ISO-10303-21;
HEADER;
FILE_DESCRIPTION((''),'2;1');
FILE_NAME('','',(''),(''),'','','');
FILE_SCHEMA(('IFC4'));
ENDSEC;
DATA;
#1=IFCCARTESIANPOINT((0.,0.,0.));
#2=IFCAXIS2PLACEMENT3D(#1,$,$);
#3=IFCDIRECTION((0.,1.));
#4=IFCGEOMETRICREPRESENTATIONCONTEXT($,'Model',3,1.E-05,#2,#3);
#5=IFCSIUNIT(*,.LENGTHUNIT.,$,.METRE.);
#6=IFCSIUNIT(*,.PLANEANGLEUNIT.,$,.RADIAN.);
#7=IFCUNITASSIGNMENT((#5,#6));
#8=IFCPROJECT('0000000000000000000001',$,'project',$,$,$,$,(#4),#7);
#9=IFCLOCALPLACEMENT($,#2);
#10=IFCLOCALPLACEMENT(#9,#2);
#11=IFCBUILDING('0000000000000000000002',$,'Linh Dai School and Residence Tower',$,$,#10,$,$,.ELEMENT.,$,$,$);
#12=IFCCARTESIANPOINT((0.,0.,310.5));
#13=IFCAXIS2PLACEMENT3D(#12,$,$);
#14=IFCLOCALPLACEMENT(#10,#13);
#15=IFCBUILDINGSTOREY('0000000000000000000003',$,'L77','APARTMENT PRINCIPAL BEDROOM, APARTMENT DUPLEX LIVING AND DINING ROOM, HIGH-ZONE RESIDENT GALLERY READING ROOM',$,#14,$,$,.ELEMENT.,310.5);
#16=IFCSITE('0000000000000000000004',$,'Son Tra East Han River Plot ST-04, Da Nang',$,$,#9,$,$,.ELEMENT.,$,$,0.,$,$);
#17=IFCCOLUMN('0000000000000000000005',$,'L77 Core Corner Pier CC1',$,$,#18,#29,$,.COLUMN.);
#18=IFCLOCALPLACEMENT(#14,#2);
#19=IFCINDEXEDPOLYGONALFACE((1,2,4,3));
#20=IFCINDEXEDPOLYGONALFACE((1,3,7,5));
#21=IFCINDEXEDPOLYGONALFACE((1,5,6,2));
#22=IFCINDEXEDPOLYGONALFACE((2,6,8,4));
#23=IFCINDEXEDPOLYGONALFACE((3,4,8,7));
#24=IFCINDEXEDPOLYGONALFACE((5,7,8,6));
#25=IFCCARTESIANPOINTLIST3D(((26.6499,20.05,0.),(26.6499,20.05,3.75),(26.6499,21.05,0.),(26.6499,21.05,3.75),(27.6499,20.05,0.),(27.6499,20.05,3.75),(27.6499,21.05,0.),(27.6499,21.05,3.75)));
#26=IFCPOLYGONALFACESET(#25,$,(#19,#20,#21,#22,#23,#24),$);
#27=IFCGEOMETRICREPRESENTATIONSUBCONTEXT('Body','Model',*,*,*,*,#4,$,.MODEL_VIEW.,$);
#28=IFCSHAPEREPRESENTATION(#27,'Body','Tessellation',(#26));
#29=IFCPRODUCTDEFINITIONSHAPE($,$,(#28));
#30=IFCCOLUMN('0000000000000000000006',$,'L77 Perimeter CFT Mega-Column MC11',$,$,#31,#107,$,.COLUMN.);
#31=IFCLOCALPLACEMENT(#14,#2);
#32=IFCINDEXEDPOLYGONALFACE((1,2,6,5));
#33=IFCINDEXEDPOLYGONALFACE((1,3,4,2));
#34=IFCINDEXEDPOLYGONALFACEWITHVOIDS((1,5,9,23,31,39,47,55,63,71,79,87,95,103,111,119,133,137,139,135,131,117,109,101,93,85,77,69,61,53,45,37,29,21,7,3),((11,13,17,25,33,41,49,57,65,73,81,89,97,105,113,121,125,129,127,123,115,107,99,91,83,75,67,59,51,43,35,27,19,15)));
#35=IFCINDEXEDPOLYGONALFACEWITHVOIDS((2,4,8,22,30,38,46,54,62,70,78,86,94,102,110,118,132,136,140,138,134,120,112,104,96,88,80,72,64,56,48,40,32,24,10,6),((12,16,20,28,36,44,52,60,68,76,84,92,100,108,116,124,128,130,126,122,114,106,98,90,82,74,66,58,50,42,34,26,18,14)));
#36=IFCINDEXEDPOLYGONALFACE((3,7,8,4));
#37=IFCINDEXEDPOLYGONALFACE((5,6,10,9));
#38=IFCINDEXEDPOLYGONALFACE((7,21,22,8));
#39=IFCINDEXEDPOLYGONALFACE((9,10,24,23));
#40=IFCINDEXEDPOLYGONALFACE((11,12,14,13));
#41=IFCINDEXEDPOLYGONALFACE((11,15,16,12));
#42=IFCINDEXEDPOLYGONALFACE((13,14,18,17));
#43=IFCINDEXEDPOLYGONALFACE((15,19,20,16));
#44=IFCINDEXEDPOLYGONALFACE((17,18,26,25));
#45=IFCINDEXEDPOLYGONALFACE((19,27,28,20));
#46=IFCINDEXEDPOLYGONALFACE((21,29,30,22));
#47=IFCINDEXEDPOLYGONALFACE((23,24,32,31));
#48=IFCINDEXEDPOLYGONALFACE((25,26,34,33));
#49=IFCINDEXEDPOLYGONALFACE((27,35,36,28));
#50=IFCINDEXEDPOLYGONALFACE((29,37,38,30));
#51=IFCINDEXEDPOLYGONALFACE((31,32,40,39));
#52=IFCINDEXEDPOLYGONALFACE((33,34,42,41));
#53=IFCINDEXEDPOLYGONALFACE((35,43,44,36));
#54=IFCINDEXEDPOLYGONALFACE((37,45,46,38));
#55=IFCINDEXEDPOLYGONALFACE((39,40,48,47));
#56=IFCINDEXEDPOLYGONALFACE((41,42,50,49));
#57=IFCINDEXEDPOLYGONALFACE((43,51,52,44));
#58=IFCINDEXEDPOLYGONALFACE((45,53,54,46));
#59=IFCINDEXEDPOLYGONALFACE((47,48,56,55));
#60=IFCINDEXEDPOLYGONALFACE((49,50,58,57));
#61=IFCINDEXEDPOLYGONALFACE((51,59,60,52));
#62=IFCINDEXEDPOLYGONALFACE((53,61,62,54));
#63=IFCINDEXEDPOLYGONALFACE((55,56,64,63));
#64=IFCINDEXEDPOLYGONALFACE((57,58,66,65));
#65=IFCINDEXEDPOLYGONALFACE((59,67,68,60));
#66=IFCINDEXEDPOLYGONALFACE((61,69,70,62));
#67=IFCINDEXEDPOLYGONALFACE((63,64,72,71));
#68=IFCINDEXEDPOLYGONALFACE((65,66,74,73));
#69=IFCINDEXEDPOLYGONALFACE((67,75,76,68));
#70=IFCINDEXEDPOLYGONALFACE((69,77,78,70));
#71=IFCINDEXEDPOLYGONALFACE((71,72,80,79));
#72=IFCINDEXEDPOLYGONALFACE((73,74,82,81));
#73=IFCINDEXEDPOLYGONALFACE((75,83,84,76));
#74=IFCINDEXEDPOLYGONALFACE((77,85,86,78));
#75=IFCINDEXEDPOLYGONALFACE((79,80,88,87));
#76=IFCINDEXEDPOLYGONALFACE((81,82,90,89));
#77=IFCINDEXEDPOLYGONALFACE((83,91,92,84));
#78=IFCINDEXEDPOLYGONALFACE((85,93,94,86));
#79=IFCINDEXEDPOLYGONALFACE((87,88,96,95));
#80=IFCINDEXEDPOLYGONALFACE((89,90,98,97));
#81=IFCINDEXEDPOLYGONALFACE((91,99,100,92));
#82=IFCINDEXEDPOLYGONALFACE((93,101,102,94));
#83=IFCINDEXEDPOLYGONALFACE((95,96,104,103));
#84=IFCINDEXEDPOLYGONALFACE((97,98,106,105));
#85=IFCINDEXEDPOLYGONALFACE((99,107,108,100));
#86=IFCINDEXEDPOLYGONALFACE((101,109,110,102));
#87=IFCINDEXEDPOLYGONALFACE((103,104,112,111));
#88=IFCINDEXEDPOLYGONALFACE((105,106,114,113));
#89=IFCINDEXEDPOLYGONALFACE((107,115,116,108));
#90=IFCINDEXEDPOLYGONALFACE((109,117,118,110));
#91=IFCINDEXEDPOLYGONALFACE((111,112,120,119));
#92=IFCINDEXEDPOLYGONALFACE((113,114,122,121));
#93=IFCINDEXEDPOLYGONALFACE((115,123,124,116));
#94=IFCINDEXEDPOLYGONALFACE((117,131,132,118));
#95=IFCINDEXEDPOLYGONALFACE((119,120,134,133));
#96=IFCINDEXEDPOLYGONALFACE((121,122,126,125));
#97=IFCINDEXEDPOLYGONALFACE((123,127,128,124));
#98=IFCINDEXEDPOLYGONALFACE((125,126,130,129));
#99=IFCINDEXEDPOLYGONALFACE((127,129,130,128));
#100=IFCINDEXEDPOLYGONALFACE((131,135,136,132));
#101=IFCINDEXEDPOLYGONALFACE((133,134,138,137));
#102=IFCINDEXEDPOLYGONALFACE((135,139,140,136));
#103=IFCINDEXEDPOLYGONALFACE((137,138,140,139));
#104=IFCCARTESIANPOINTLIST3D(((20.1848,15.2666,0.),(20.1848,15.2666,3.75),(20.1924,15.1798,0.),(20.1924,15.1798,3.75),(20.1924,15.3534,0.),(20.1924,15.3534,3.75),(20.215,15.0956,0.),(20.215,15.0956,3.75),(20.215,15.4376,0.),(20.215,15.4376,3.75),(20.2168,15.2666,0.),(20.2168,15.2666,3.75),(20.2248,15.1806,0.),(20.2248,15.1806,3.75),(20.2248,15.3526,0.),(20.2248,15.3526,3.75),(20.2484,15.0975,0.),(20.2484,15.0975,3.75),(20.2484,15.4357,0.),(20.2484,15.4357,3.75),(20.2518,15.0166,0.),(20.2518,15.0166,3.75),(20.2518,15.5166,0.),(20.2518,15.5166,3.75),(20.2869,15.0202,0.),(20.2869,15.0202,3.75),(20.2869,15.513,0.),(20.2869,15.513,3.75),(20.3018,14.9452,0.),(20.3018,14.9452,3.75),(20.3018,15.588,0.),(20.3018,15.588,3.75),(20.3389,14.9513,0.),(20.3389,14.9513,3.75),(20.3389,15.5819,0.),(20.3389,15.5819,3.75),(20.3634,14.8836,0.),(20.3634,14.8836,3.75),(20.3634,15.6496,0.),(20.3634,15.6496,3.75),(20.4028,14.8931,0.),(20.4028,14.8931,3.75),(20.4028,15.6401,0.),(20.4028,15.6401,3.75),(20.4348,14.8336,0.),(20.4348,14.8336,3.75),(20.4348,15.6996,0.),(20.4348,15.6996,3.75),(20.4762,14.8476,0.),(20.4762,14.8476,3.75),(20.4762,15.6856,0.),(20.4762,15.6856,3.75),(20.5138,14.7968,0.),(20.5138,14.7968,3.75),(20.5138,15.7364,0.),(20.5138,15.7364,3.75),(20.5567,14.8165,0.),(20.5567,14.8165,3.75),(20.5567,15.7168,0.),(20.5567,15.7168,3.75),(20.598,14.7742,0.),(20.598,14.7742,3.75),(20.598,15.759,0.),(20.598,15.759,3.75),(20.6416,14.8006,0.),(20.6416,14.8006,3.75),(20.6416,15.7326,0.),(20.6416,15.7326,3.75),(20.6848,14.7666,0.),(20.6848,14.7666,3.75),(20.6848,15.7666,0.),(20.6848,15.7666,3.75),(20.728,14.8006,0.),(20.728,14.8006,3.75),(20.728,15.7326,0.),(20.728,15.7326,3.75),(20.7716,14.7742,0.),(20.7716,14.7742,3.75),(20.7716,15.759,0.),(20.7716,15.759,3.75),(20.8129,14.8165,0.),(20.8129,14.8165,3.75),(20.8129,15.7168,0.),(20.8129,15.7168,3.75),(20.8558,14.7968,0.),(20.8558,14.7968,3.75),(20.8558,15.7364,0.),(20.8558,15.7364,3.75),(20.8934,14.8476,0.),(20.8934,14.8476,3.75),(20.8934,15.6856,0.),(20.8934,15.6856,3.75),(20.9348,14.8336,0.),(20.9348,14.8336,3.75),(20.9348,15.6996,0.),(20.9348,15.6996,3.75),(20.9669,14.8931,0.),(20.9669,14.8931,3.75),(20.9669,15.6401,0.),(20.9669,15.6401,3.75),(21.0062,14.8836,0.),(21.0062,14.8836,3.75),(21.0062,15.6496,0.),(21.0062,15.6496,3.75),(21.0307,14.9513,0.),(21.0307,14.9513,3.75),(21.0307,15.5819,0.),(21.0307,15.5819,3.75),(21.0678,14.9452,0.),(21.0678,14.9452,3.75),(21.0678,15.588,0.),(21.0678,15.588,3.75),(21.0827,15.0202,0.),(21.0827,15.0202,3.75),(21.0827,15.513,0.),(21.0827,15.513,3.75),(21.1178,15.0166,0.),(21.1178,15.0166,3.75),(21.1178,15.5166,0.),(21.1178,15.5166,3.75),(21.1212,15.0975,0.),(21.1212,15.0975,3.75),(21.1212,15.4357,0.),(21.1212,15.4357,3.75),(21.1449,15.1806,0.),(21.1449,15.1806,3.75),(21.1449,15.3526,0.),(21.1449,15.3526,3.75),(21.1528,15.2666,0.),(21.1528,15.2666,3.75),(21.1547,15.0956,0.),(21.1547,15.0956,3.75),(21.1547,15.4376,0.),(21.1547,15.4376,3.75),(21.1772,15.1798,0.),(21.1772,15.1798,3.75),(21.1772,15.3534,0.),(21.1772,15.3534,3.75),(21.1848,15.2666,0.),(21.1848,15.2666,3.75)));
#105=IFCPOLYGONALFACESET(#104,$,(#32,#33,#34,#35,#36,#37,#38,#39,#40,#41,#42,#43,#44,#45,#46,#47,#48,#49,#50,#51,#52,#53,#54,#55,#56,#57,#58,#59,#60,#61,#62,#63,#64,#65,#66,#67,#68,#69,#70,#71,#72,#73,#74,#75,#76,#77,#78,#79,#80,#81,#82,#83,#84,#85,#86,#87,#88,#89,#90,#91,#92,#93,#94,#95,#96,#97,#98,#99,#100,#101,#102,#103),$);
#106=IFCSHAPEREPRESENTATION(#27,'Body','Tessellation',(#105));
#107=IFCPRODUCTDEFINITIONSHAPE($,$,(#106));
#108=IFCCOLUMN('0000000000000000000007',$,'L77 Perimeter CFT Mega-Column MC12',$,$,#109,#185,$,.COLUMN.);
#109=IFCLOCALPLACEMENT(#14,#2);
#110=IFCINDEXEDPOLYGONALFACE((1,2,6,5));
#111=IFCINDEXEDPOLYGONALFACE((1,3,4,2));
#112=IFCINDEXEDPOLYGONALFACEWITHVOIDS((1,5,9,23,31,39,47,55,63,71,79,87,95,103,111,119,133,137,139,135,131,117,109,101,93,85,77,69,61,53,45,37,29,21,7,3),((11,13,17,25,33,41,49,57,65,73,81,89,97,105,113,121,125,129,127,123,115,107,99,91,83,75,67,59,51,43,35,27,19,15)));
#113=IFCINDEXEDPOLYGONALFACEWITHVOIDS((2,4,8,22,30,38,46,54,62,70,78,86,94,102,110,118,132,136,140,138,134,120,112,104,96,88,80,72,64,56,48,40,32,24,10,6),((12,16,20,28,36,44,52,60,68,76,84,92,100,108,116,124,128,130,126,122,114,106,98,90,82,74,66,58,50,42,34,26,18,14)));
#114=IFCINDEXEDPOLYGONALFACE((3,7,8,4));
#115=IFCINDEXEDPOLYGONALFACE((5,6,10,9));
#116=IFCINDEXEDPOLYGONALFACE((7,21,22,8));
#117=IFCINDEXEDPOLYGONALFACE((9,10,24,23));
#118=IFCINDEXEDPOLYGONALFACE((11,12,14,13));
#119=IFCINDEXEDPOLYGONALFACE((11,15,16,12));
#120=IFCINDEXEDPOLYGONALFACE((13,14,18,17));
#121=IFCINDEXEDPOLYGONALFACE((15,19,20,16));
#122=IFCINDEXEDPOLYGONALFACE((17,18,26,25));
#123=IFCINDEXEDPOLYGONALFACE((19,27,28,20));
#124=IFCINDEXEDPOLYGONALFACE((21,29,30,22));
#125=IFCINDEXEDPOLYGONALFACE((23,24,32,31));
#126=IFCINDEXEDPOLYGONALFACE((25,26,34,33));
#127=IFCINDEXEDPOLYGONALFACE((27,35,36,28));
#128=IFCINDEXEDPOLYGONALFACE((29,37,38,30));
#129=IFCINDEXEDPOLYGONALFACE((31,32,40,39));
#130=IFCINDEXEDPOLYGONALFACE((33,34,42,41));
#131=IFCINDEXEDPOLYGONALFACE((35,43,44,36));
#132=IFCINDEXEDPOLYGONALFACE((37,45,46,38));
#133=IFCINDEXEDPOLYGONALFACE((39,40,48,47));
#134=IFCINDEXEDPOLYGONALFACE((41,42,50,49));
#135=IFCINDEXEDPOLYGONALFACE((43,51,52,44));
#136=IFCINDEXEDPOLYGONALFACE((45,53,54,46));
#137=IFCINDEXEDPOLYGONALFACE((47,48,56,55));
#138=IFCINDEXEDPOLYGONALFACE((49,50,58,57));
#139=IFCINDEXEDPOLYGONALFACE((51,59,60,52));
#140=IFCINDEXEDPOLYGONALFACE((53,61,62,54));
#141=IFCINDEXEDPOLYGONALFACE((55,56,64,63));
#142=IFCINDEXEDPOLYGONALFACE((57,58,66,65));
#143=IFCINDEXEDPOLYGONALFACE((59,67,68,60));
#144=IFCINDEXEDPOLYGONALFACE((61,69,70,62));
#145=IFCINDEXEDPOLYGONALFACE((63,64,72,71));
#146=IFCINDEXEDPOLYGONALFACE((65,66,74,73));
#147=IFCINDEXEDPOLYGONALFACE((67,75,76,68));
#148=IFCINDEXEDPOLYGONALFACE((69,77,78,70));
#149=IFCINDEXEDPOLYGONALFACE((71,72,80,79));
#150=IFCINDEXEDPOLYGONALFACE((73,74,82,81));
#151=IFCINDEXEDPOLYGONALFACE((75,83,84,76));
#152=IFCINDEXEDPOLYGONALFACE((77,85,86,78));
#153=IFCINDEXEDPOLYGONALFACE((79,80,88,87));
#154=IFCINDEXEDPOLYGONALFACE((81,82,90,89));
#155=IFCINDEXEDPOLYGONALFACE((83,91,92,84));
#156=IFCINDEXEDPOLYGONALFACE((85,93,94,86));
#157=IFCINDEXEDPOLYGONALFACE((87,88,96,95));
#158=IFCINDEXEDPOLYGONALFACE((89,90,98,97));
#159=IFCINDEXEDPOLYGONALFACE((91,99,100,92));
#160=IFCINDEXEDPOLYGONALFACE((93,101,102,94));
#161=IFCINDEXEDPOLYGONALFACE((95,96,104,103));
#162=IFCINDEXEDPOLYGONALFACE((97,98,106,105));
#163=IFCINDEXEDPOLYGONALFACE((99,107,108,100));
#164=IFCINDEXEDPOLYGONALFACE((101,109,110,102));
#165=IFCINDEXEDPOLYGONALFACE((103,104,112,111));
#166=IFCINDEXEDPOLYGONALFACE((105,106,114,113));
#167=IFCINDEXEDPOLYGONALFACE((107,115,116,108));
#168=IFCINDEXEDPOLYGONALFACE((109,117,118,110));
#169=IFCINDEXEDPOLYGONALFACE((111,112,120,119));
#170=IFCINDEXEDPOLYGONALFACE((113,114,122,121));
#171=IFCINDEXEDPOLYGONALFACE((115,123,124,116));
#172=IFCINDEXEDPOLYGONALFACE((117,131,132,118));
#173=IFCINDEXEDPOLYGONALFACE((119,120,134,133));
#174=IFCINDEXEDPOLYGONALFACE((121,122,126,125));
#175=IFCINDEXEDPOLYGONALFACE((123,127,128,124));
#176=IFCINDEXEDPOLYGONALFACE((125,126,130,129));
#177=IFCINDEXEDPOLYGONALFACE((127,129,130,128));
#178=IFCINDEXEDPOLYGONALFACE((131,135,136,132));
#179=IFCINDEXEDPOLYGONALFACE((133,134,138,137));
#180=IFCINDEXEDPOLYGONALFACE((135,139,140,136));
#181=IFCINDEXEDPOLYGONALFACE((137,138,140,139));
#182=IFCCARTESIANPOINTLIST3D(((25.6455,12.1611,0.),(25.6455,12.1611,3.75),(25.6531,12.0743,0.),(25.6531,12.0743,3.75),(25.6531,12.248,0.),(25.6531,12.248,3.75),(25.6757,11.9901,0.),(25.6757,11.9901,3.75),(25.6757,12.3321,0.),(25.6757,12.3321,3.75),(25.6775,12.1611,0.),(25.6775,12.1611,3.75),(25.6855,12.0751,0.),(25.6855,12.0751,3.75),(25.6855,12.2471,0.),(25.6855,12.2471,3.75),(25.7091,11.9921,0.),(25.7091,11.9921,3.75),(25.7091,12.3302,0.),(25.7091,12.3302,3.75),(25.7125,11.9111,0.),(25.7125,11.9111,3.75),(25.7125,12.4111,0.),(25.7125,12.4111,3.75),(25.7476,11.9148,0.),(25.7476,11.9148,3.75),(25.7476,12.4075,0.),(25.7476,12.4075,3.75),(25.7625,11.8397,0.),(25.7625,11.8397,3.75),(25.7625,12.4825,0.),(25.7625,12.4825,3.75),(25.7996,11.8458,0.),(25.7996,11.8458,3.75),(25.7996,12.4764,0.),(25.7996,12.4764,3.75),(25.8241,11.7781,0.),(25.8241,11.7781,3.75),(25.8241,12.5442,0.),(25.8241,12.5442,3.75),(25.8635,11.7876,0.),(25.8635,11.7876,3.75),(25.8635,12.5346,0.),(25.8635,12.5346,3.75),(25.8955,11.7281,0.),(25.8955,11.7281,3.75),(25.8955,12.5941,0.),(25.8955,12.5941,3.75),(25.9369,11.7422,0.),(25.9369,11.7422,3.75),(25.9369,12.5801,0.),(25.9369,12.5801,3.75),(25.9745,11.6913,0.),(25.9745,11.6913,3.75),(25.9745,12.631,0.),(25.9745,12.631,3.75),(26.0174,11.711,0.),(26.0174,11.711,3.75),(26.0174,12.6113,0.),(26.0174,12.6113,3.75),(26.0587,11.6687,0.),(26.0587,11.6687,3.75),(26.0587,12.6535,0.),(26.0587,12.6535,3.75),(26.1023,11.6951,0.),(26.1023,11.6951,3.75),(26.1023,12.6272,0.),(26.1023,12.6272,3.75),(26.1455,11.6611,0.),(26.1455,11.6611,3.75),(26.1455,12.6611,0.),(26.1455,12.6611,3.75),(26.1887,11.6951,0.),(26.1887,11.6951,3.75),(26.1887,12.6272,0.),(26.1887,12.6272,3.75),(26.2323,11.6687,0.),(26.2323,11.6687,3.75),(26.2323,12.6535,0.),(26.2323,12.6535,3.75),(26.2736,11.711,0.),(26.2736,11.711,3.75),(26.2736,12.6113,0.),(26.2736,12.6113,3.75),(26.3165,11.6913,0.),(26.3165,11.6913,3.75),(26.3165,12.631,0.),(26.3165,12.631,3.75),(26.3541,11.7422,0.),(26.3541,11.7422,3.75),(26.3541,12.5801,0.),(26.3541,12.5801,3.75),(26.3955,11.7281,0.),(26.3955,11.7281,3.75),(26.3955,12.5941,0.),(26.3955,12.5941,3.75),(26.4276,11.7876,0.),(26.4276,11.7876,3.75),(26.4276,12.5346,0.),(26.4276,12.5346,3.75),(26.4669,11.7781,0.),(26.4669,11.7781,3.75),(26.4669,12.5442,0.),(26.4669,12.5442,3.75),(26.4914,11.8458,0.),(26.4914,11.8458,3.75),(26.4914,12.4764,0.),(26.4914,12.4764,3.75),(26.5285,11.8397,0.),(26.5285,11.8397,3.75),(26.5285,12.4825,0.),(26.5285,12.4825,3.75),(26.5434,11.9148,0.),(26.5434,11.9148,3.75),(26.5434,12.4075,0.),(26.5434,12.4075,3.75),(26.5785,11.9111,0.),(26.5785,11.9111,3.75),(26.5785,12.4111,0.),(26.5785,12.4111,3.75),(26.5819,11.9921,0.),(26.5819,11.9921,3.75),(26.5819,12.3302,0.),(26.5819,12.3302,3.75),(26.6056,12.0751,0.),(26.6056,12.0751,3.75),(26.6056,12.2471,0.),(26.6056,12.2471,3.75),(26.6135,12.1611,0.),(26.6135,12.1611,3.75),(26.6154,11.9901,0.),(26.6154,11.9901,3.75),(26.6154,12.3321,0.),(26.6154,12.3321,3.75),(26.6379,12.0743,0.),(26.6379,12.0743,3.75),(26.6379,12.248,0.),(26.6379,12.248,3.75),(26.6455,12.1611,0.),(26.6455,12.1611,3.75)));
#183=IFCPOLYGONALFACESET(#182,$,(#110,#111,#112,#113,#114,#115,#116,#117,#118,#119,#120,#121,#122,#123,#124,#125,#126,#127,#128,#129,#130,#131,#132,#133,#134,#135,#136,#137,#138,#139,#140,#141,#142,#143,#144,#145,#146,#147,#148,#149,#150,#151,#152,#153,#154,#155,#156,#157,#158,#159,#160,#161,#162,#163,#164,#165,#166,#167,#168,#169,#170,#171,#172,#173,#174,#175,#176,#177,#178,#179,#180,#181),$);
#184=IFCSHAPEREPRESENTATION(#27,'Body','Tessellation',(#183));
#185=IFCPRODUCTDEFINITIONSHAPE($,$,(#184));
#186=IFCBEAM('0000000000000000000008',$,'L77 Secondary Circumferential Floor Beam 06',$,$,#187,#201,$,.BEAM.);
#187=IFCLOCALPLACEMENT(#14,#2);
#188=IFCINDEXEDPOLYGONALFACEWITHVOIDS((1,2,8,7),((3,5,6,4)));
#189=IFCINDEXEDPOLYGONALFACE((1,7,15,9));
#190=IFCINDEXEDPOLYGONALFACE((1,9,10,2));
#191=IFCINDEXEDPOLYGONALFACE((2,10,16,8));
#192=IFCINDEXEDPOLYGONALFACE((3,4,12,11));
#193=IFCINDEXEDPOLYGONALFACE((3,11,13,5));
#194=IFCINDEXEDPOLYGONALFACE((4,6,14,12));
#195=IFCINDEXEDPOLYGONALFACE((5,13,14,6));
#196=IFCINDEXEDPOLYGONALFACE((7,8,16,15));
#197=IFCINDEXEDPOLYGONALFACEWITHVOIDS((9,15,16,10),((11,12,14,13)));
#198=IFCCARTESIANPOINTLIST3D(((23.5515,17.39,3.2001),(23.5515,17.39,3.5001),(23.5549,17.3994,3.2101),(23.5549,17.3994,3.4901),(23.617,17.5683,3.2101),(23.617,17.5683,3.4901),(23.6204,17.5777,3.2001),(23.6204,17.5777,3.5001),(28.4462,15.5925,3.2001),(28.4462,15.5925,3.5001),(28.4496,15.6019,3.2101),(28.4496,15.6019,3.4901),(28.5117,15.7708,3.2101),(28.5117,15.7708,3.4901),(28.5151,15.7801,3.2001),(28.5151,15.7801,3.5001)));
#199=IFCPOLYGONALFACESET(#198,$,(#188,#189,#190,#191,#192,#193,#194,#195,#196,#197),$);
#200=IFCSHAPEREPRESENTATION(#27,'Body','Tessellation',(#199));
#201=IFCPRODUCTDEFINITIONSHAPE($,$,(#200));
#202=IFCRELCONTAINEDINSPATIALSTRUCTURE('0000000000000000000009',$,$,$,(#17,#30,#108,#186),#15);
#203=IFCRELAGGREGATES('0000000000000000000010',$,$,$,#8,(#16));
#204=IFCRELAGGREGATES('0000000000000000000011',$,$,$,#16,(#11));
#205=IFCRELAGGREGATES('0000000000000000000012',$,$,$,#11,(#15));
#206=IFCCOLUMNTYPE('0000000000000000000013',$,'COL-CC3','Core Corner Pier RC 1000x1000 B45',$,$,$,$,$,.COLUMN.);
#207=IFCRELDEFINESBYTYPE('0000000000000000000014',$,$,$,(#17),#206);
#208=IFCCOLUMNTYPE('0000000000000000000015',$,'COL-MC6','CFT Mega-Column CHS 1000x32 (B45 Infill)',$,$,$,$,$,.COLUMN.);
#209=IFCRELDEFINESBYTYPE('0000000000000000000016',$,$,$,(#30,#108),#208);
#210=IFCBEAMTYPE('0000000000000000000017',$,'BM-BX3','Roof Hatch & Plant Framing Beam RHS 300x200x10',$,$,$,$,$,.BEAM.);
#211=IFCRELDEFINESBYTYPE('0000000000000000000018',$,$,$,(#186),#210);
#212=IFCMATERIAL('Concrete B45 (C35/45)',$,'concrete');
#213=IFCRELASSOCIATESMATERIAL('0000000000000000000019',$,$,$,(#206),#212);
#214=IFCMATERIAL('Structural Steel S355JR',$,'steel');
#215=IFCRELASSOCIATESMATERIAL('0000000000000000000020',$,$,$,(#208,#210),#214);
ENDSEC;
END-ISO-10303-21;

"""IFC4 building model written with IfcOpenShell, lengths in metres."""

from ifc_helpers import new_model, si_unit, direction, frame, origin, origin_2d, place, context, subcontext, project, spatial, rectangle, hollow_rectangle, hollow_circle, extrude, material, material_profile, profile_set, type_object, element, save


model = new_model("IFC4")

# Units and contexts
model_context = context("Model", 3, precision=1e-05, world=origin(), true_north=direction((0.0, 1.0)))
body_context = subcontext(model_context, "Body", "Model", "MODEL_VIEW")
ifc_project = project(units=[si_unit("LENGTHUNIT", "METRE"), si_unit("PLANEANGLEUNIT", "RADIAN")], contexts=[model_context])

# Site, building, storey
site_placement = place(None, origin())
site = spatial("IfcSite", under=ifc_project, at=site_placement, Name="Son Tra East Han River Plot ST-04, Da Nang", CompositionType="ELEMENT", RefElevation=0.0)
building_placement = place(site_placement, origin())
building = spatial("IfcBuilding", under=site, at=building_placement, Name="Linh Dai School and Residence Tower", CompositionType="ELEMENT")
storey_placement = place(building_placement, frame((0.0, 0.0, 310.5)))
storey = spatial("IfcBuildingStorey", under=building, at=storey_placement, Name="L77", Description="APARTMENT PRINCIPAL BEDROOM, APARTMENT DUPLEX LIVING AND DINING ROOM, HIGH-ZONE RESIDENT GALLERY READING ROOM", CompositionType="ELEMENT", Elevation=310.5)

# Columns
ifc_material_1 = material(Name="Concrete B45 (C35/45)", Category="concrete")
ifc_material_profile_1 = material_profile(ifc_material_1, rectangle(XDim=1.0, YDim=1.0, at=origin_2d()), Name="RC 1000x1000")
ifc_profile_set_1 = profile_set([ifc_material_profile_1], Name="Concrete B45 (C35/45)")
column_type_1 = type_object("IfcColumnType", Name="COL-CC3", Description="Core Corner Pier RC 1000x1000 B45", PredefinedType="COLUMN", material=ifc_profile_set_1)
column_placement = place(storey_placement, frame((27.1499, 20.55, 0.0), z_axis=(0.0, 0.0, 1.0), x_axis=(1.0, 0.0, 0.0)))
element("IfcColumn", 1, at=column_placement, inside=storey, type_object=column_type_1, Name="L77 Core Corner Pier CC1", PredefinedType="COLUMN", context=body_context, shape_type="SweptSolid", body=[
    extrude(rectangle(XDim=1.0, YDim=1.0, at=origin_2d()), origin(), (0.0, 0.0, 1.0), 3.75),
])
ifc_material_2 = material(Name="Structural Steel S355JR", Category="steel")
ifc_material_profile_2 = material_profile(ifc_material_2, hollow_circle(Radius=0.5, WallThickness=0.032, at=origin_2d()), Name="CHS 1000x32")
ifc_profile_set_2 = profile_set([ifc_material_profile_2], Name="Structural Steel S355JR")
column_type_2 = type_object("IfcColumnType", Name="COL-MC6", Description="CFT Mega-Column CHS 1000x32 (B45 Infill)", PredefinedType="COLUMN", material=ifc_profile_set_2)
for number, where, z_axis, x_axis, name in (
    (2, (20.6848, 15.2666, 0.0), (0.0, 0.0, 1.0), (1.0, 0.0, 0.0), "L77 Perimeter CFT Mega-Column MC11"),
    (3, (26.1455, 12.1611, 0.0), (0.0, 0.0, 1.0), (1.0, 0.0, 0.0), "L77 Perimeter CFT Mega-Column MC12"),
):
    element("IfcColumn", number, at=place(storey_placement, frame(where, z_axis=z_axis, x_axis=x_axis)), inside=storey, type_object=column_type_2, Name=name, PredefinedType="COLUMN", context=body_context, shape_type="SweptSolid", body=[
        extrude(hollow_circle(Radius=0.5, WallThickness=0.032, at=origin_2d()), origin(), (0.0, 0.0, 1.0), 3.75),
    ])

# Beam
ifc_material_profile_3 = material_profile(ifc_material_2, hollow_rectangle(XDim=0.2, YDim=0.3, WallThickness=0.01, at=origin_2d()), Name="RHS 300x200x10")
ifc_profile_set_3 = profile_set([ifc_material_profile_3], Name="Structural Steel S355JR")
beam_type_1 = type_object("IfcBeamType", Name="BM-BX3", Description="Roof Hatch & Plant Framing Beam RHS 300x200x10", PredefinedType="BEAM", material=ifc_profile_set_3)
beam_1_placement = place(storey_placement, frame((23.5859, 17.4839, 3.3501), z_axis=(0.938699, -0.344737, 0.0), x_axis=(0.344737, 0.938699, 0.0)))
element("IfcBeam", 4, at=beam_1_placement, inside=storey, type_object=beam_type_1, Name="L77 Secondary Circumferential Floor Beam 06", PredefinedType="BEAM", context=body_context, shape_type="SweptSolid", body=[
    extrude(hollow_rectangle(XDim=0.2, YDim=0.3, WallThickness=0.01, at=origin_2d()), origin(), (0.0, 0.0, 1.0), 5.2144),
])

save(model, "model.ifc")
